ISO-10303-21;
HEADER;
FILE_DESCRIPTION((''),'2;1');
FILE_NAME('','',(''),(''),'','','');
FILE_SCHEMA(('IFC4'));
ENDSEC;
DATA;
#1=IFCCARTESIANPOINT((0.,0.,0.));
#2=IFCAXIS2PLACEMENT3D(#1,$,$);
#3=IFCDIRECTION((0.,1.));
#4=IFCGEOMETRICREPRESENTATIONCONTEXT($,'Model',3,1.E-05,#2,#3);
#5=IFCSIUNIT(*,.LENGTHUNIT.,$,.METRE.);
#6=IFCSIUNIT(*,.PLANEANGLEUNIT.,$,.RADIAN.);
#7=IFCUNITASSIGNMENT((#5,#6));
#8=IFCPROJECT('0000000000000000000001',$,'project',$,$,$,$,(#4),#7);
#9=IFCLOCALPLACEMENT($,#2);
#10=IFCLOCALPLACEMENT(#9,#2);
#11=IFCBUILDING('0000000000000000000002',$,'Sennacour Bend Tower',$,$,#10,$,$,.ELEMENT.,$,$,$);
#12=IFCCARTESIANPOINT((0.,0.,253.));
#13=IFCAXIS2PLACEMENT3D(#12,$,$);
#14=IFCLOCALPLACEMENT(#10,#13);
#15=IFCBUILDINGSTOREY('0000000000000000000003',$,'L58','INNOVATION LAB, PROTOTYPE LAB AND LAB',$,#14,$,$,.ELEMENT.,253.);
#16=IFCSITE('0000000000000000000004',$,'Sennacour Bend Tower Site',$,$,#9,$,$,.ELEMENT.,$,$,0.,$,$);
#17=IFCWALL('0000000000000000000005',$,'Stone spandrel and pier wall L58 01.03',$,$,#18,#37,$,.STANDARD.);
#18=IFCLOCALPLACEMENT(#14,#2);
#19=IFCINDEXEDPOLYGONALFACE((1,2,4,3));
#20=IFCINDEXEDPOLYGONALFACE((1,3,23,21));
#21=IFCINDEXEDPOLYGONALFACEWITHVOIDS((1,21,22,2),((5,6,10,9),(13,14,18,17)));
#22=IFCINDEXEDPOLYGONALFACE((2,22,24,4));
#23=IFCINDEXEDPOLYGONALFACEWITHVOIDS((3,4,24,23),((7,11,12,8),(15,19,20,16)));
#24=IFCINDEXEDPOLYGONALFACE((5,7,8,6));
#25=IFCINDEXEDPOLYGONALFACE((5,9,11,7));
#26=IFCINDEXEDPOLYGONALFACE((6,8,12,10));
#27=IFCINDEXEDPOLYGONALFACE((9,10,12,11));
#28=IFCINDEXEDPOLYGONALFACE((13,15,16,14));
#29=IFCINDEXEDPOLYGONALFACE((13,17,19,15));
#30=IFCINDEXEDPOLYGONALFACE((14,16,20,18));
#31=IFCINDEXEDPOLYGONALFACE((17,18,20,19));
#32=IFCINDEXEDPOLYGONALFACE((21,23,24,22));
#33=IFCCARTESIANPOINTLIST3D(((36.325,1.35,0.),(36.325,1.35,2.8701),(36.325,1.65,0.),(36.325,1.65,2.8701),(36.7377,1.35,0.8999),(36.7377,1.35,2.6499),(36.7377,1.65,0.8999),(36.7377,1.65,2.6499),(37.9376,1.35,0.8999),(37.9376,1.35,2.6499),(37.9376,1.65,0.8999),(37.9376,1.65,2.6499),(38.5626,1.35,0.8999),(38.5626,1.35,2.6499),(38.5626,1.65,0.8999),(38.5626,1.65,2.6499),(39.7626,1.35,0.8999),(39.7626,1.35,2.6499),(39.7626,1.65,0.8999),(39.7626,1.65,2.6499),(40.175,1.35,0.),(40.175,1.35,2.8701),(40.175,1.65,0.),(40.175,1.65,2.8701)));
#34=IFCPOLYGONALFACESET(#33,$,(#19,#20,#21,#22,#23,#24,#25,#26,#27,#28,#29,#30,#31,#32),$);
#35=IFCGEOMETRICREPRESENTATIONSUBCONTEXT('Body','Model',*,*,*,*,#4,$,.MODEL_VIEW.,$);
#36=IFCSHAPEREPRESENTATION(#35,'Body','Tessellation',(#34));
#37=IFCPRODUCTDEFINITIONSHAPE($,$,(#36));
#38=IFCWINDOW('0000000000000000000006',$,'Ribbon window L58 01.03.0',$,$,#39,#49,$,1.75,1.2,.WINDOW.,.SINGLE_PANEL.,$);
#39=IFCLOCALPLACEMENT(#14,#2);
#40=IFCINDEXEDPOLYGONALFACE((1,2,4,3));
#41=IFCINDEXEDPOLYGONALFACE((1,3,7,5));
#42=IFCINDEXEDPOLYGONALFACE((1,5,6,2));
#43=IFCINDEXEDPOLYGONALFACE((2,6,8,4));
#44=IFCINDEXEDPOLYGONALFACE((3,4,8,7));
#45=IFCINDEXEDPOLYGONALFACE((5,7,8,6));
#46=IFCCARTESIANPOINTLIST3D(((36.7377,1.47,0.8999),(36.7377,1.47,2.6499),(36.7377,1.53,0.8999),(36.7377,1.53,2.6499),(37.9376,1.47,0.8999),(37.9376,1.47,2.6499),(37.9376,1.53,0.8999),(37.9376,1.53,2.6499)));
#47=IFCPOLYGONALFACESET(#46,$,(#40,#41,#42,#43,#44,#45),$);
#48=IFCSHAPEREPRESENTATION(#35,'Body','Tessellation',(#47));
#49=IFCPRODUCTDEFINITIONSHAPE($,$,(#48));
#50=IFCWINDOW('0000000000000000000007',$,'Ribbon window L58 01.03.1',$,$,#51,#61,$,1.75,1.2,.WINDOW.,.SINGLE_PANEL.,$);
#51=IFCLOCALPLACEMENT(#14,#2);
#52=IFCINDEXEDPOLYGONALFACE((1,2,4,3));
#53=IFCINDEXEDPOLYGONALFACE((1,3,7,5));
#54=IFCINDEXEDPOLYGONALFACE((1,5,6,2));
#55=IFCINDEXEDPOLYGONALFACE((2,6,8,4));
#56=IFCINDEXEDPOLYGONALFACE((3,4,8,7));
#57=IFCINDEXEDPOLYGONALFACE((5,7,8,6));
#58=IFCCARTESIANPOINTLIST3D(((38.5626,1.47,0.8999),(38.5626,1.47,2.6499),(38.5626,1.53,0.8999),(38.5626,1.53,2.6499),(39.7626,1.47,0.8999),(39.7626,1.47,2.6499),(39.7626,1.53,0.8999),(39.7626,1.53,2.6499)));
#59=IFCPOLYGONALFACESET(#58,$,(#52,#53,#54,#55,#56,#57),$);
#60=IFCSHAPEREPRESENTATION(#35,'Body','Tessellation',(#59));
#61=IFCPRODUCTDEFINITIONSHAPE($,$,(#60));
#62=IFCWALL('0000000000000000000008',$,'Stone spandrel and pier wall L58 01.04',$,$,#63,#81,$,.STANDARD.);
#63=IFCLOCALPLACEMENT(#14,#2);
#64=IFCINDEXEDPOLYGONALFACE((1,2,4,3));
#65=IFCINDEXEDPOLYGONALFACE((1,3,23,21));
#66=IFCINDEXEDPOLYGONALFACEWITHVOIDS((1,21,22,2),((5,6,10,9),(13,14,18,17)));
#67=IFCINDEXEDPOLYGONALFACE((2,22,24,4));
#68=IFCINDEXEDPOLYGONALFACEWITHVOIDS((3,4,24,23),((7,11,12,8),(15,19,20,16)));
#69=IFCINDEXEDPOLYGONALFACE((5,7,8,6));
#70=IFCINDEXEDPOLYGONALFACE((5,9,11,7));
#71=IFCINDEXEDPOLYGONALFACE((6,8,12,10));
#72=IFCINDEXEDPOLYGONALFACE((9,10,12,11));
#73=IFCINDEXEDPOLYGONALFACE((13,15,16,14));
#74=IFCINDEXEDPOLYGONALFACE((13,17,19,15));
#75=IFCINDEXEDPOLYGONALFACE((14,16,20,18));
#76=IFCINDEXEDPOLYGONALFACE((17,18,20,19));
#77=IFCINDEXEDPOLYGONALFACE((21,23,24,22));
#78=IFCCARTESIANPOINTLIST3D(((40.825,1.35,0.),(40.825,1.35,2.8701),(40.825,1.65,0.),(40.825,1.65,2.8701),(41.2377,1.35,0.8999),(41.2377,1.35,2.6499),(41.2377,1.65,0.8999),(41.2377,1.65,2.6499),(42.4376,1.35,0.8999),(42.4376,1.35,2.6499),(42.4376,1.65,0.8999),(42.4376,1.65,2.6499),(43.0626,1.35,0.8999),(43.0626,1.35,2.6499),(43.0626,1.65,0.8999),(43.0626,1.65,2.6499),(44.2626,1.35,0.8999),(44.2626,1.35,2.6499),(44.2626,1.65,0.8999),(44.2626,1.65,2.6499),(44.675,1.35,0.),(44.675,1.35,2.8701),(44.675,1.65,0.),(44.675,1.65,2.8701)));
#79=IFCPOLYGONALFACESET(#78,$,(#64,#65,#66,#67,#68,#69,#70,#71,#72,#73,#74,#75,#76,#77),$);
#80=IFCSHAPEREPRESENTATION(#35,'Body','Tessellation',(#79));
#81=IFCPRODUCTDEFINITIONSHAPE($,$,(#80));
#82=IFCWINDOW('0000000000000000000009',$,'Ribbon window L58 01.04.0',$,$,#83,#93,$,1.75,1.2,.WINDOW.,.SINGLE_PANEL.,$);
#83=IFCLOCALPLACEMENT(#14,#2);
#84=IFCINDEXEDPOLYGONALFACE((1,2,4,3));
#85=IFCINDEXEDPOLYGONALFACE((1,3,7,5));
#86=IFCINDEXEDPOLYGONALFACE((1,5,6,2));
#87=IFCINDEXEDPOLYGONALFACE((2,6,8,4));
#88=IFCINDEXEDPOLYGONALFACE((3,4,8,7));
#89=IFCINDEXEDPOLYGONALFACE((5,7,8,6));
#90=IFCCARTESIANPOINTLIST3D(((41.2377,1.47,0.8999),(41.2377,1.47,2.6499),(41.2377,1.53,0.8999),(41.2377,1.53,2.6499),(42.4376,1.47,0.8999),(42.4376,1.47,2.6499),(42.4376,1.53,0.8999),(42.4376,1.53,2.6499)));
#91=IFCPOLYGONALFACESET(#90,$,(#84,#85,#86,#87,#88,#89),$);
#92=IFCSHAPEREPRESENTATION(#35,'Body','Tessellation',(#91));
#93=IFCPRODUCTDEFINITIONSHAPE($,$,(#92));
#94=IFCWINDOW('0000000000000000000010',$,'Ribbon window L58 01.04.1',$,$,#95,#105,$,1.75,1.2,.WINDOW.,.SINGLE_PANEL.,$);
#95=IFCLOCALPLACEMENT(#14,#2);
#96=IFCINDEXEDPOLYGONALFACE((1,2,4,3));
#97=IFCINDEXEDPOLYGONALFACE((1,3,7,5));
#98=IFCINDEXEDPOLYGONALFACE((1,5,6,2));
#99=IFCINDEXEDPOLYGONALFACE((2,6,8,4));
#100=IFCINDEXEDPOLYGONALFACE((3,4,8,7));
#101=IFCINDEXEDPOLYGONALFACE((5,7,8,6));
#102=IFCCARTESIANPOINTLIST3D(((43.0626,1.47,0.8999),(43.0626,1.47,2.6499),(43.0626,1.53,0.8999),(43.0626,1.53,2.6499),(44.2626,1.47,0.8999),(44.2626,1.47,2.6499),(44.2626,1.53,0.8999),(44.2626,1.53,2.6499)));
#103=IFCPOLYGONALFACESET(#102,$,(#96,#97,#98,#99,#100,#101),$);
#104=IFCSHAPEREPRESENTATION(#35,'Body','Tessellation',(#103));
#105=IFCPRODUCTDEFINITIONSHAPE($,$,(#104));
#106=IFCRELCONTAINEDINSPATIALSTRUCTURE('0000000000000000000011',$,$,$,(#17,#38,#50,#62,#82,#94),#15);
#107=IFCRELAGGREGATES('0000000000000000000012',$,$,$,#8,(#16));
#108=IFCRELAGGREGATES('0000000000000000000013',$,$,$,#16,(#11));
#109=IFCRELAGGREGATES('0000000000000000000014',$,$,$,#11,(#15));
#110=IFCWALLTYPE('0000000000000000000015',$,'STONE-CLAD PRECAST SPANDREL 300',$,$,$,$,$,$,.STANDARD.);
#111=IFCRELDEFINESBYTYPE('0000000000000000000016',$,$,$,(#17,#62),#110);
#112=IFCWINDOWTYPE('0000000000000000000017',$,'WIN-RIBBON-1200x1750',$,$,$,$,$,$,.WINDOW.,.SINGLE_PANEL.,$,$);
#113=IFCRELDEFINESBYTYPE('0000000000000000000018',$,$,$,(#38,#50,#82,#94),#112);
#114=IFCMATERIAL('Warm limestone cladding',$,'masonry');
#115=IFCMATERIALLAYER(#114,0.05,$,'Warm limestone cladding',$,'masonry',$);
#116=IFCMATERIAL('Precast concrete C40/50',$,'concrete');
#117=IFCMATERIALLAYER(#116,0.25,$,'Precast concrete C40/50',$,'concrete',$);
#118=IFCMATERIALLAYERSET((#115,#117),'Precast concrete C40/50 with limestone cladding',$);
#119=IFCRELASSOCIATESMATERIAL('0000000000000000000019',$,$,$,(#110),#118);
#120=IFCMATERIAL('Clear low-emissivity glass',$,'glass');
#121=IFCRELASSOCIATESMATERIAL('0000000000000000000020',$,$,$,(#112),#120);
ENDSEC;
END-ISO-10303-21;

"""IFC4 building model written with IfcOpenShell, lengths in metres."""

from ifc_helpers import new_model, si_unit, direction, frame, frame_2d, origin, place, context, subcontext, project, spatial, rectangle, extrude, material, layer, layer_set, type_object, element, fill, save


model = new_model("IFC4")

# Units and contexts
model_context = context("Model", 3, precision=1e-05, world=origin(), true_north=direction((0.0, 1.0)))
body_context = subcontext(model_context, "Body", "Model", "MODEL_VIEW")
ifc_project = project(units=[si_unit("LENGTHUNIT", "METRE"), si_unit("PLANEANGLEUNIT", "RADIAN")], contexts=[model_context])

# Site, building, storey
site_placement = place(None, origin())
site = spatial("IfcSite", under=ifc_project, at=site_placement, Name="Sennacour Bend Tower Site", CompositionType="ELEMENT", RefElevation=0.0)
building_placement = place(site_placement, origin())
building = spatial("IfcBuilding", under=site, at=building_placement, Name="Sennacour Bend Tower", CompositionType="ELEMENT")
storey_placement = place(building_placement, frame((0.0, 0.0, 253.0)))
storey = spatial("IfcBuildingStorey", under=building, at=storey_placement, Name="L58", Description="INNOVATION LAB, PROTOTYPE LAB AND LAB", CompositionType="ELEMENT", Elevation=253.0)

# Walls, openings, windows
ifc_material_1 = material(Name="Warm limestone cladding", Category="masonry")
ifc_layer_1 = layer(ifc_material_1, 0.05, Name="Warm limestone cladding", Category="masonry")
ifc_material_2 = material(Name="Precast concrete C40/50", Category="concrete")
ifc_layer_2 = layer(ifc_material_2, 0.25, Name="Precast concrete C40/50", Category="concrete")
ifc_layer_set_1 = layer_set([ifc_layer_1, ifc_layer_2], Name="Precast concrete C40/50 with limestone cladding")
wall_type_1 = type_object("IfcWallType", Name="STONE-CLAD PRECAST SPANDREL 300", PredefinedType="STANDARD", material=ifc_layer_set_1)
wall_1_placement = place(storey_placement, frame((36.325, 1.5, 0.0), z_axis=(0.0, 0.0, 1.0), x_axis=(1.0, 0.0, 0.0)))
wall_1 = element("IfcWall", 1, at=wall_1_placement, inside=storey, type_object=wall_type_1, Name="Stone spandrel and pier wall L58 01.03", PredefinedType="STANDARD", context=body_context, shape_type="SweptSolid", body=[
    extrude(rectangle(XDim=3.8501, YDim=0.3, at=frame_2d((1.925, 0.0))), origin(), (0.0, 0.0, 1.0), 2.8701),
])
opening_1_placement = place(wall_1_placement, frame((0.4126, 0.0, 0.8999)))
opening_1 = element("IfcOpeningElement", 2, at=opening_1_placement, cuts=wall_1, PredefinedType="OPENING", context=body_context, shape_type="SweptSolid", body=[
    extrude(rectangle(XDim=1.2, YDim=1.75, at=frame_2d((0.6001, 0.875))), frame((0.0, 0.1602, 0.0), z_axis=(0.0, -1.0, 0.0), x_axis=(1.0, 0.0, 0.0)), (0.0, 0.0, 1.0), 0.3201),
])
opening_2_placement = place(wall_1_placement, frame((2.2375, 0.0, 0.8999)))
opening_2 = element("IfcOpeningElement", 3, at=opening_2_placement, cuts=wall_1, PredefinedType="OPENING", context=body_context, shape_type="SweptSolid", body=[
    extrude(rectangle(XDim=1.2, YDim=1.75, at=frame_2d((0.6001, 0.875))), frame((0.0, 0.1602, 0.0), z_axis=(0.0, -1.0, 0.0), x_axis=(1.0, 0.0, 0.0)), (0.0, 0.0, 1.0), 0.3201),
])
ifc_material_3 = material(Name="Clear low-emissivity glass", Category="glass")
window_type = type_object("IfcWindowType", Name="WIN-RIBBON-1200x1750", PartitioningType="SINGLE_PANEL", PredefinedType="WINDOW", material=ifc_material_3)
window_1_placement = place(opening_1_placement, origin())
window_1 = element("IfcWindow", 4, at=window_1_placement, inside=storey, type_object=window_type, Name="Ribbon window L58 01.03.0", OverallHeight=1.75, OverallWidth=1.2, PartitioningType="SINGLE_PANEL", PredefinedType="WINDOW", context=body_context, shape_type="SweptSolid", body=[
    extrude(rectangle(XDim=1.2, YDim=1.75, at=frame_2d((0.6001, 0.875))), frame((0.0, 0.03, 0.0), z_axis=(0.0, -1.0, 0.0), x_axis=(1.0, 0.0, 0.0)), (0.0, 0.0, 1.0), 0.0601),
])
fill(opening_1, window_1)
window_2_placement = place(opening_2_placement, origin())
window_2 = element("IfcWindow", 5, at=window_2_placement, inside=storey, type_object=window_type, Name="Ribbon window L58 01.03.1", OverallHeight=1.75, OverallWidth=1.2, PartitioningType="SINGLE_PANEL", PredefinedType="WINDOW", context=body_context, shape_type="SweptSolid", body=[
    extrude(rectangle(XDim=1.2, YDim=1.75, at=frame_2d((0.6001, 0.875))), frame((0.0, 0.03, 0.0), z_axis=(0.0, -1.0, 0.0), x_axis=(1.0, 0.0, 0.0)), (0.0, 0.0, 1.0), 0.0601),
])
fill(opening_2, window_2)
wall_2_placement = place(storey_placement, frame((40.825, 1.5, 0.0), z_axis=(0.0, 0.0, 1.0), x_axis=(1.0, 0.0, 0.0)))
wall_2 = element("IfcWall", 6, at=wall_2_placement, inside=storey, type_object=wall_type_1, Name="Stone spandrel and pier wall L58 01.04", PredefinedType="STANDARD", context=body_context, shape_type="SweptSolid", body=[
    extrude(rectangle(XDim=3.8501, YDim=0.3, at=frame_2d((1.925, 0.0))), origin(), (0.0, 0.0, 1.0), 2.8701),
])
opening_3_placement = place(wall_2_placement, frame((0.4126, 0.0, 0.8999)))
opening_3 = element("IfcOpeningElement", 7, at=opening_3_placement, cuts=wall_2, PredefinedType="OPENING", context=body_context, shape_type="SweptSolid", body=[
    extrude(rectangle(XDim=1.2, YDim=1.75, at=frame_2d((0.6001, 0.875))), frame((0.0, 0.1602, 0.0), z_axis=(0.0, -1.0, 0.0), x_axis=(1.0, 0.0, 0.0)), (0.0, 0.0, 1.0), 0.3201),
])
opening_4_placement = place(wall_2_placement, frame((2.2375, 0.0, 0.8999)))
opening_4 = element("IfcOpeningElement", 8, at=opening_4_placement, cuts=wall_2, PredefinedType="OPENING", context=body_context, shape_type="SweptSolid", body=[
    extrude(rectangle(XDim=1.2, YDim=1.75, at=frame_2d((0.6001, 0.875))), frame((0.0, 0.1602, 0.0), z_axis=(0.0, -1.0, 0.0), x_axis=(1.0, 0.0, 0.0)), (0.0, 0.0, 1.0), 0.3201),
])
window_3_placement = place(opening_3_placement, origin())
window_3 = element("IfcWindow", 9, at=window_3_placement, inside=storey, type_object=window_type, Name="Ribbon window L58 01.04.0", OverallHeight=1.75, OverallWidth=1.2, PartitioningType="SINGLE_PANEL", PredefinedType="WINDOW", context=body_context, shape_type="SweptSolid", body=[
    extrude(rectangle(XDim=1.2, YDim=1.75, at=frame_2d((0.6001, 0.875))), frame((0.0, 0.03, 0.0), z_axis=(0.0, -1.0, 0.0), x_axis=(1.0, 0.0, 0.0)), (0.0, 0.0, 1.0), 0.0601),
])
fill(opening_3, window_3)
window_4_placement = place(opening_4_placement, origin())
window_4 = element("IfcWindow", 10, at=window_4_placement, inside=storey, type_object=window_type, Name="Ribbon window L58 01.04.1", OverallHeight=1.75, OverallWidth=1.2, PartitioningType="SINGLE_PANEL", PredefinedType="WINDOW", context=body_context, shape_type="SweptSolid", body=[
    extrude(rectangle(XDim=1.2, YDim=1.75, at=frame_2d((0.6001, 0.875))), frame((0.0, 0.03, 0.0), z_axis=(0.0, -1.0, 0.0), x_axis=(1.0, 0.0, 0.0)), (0.0, 0.0, 1.0), 0.0601),
])
fill(opening_4, window_4)

save(model, "model.ifc")
